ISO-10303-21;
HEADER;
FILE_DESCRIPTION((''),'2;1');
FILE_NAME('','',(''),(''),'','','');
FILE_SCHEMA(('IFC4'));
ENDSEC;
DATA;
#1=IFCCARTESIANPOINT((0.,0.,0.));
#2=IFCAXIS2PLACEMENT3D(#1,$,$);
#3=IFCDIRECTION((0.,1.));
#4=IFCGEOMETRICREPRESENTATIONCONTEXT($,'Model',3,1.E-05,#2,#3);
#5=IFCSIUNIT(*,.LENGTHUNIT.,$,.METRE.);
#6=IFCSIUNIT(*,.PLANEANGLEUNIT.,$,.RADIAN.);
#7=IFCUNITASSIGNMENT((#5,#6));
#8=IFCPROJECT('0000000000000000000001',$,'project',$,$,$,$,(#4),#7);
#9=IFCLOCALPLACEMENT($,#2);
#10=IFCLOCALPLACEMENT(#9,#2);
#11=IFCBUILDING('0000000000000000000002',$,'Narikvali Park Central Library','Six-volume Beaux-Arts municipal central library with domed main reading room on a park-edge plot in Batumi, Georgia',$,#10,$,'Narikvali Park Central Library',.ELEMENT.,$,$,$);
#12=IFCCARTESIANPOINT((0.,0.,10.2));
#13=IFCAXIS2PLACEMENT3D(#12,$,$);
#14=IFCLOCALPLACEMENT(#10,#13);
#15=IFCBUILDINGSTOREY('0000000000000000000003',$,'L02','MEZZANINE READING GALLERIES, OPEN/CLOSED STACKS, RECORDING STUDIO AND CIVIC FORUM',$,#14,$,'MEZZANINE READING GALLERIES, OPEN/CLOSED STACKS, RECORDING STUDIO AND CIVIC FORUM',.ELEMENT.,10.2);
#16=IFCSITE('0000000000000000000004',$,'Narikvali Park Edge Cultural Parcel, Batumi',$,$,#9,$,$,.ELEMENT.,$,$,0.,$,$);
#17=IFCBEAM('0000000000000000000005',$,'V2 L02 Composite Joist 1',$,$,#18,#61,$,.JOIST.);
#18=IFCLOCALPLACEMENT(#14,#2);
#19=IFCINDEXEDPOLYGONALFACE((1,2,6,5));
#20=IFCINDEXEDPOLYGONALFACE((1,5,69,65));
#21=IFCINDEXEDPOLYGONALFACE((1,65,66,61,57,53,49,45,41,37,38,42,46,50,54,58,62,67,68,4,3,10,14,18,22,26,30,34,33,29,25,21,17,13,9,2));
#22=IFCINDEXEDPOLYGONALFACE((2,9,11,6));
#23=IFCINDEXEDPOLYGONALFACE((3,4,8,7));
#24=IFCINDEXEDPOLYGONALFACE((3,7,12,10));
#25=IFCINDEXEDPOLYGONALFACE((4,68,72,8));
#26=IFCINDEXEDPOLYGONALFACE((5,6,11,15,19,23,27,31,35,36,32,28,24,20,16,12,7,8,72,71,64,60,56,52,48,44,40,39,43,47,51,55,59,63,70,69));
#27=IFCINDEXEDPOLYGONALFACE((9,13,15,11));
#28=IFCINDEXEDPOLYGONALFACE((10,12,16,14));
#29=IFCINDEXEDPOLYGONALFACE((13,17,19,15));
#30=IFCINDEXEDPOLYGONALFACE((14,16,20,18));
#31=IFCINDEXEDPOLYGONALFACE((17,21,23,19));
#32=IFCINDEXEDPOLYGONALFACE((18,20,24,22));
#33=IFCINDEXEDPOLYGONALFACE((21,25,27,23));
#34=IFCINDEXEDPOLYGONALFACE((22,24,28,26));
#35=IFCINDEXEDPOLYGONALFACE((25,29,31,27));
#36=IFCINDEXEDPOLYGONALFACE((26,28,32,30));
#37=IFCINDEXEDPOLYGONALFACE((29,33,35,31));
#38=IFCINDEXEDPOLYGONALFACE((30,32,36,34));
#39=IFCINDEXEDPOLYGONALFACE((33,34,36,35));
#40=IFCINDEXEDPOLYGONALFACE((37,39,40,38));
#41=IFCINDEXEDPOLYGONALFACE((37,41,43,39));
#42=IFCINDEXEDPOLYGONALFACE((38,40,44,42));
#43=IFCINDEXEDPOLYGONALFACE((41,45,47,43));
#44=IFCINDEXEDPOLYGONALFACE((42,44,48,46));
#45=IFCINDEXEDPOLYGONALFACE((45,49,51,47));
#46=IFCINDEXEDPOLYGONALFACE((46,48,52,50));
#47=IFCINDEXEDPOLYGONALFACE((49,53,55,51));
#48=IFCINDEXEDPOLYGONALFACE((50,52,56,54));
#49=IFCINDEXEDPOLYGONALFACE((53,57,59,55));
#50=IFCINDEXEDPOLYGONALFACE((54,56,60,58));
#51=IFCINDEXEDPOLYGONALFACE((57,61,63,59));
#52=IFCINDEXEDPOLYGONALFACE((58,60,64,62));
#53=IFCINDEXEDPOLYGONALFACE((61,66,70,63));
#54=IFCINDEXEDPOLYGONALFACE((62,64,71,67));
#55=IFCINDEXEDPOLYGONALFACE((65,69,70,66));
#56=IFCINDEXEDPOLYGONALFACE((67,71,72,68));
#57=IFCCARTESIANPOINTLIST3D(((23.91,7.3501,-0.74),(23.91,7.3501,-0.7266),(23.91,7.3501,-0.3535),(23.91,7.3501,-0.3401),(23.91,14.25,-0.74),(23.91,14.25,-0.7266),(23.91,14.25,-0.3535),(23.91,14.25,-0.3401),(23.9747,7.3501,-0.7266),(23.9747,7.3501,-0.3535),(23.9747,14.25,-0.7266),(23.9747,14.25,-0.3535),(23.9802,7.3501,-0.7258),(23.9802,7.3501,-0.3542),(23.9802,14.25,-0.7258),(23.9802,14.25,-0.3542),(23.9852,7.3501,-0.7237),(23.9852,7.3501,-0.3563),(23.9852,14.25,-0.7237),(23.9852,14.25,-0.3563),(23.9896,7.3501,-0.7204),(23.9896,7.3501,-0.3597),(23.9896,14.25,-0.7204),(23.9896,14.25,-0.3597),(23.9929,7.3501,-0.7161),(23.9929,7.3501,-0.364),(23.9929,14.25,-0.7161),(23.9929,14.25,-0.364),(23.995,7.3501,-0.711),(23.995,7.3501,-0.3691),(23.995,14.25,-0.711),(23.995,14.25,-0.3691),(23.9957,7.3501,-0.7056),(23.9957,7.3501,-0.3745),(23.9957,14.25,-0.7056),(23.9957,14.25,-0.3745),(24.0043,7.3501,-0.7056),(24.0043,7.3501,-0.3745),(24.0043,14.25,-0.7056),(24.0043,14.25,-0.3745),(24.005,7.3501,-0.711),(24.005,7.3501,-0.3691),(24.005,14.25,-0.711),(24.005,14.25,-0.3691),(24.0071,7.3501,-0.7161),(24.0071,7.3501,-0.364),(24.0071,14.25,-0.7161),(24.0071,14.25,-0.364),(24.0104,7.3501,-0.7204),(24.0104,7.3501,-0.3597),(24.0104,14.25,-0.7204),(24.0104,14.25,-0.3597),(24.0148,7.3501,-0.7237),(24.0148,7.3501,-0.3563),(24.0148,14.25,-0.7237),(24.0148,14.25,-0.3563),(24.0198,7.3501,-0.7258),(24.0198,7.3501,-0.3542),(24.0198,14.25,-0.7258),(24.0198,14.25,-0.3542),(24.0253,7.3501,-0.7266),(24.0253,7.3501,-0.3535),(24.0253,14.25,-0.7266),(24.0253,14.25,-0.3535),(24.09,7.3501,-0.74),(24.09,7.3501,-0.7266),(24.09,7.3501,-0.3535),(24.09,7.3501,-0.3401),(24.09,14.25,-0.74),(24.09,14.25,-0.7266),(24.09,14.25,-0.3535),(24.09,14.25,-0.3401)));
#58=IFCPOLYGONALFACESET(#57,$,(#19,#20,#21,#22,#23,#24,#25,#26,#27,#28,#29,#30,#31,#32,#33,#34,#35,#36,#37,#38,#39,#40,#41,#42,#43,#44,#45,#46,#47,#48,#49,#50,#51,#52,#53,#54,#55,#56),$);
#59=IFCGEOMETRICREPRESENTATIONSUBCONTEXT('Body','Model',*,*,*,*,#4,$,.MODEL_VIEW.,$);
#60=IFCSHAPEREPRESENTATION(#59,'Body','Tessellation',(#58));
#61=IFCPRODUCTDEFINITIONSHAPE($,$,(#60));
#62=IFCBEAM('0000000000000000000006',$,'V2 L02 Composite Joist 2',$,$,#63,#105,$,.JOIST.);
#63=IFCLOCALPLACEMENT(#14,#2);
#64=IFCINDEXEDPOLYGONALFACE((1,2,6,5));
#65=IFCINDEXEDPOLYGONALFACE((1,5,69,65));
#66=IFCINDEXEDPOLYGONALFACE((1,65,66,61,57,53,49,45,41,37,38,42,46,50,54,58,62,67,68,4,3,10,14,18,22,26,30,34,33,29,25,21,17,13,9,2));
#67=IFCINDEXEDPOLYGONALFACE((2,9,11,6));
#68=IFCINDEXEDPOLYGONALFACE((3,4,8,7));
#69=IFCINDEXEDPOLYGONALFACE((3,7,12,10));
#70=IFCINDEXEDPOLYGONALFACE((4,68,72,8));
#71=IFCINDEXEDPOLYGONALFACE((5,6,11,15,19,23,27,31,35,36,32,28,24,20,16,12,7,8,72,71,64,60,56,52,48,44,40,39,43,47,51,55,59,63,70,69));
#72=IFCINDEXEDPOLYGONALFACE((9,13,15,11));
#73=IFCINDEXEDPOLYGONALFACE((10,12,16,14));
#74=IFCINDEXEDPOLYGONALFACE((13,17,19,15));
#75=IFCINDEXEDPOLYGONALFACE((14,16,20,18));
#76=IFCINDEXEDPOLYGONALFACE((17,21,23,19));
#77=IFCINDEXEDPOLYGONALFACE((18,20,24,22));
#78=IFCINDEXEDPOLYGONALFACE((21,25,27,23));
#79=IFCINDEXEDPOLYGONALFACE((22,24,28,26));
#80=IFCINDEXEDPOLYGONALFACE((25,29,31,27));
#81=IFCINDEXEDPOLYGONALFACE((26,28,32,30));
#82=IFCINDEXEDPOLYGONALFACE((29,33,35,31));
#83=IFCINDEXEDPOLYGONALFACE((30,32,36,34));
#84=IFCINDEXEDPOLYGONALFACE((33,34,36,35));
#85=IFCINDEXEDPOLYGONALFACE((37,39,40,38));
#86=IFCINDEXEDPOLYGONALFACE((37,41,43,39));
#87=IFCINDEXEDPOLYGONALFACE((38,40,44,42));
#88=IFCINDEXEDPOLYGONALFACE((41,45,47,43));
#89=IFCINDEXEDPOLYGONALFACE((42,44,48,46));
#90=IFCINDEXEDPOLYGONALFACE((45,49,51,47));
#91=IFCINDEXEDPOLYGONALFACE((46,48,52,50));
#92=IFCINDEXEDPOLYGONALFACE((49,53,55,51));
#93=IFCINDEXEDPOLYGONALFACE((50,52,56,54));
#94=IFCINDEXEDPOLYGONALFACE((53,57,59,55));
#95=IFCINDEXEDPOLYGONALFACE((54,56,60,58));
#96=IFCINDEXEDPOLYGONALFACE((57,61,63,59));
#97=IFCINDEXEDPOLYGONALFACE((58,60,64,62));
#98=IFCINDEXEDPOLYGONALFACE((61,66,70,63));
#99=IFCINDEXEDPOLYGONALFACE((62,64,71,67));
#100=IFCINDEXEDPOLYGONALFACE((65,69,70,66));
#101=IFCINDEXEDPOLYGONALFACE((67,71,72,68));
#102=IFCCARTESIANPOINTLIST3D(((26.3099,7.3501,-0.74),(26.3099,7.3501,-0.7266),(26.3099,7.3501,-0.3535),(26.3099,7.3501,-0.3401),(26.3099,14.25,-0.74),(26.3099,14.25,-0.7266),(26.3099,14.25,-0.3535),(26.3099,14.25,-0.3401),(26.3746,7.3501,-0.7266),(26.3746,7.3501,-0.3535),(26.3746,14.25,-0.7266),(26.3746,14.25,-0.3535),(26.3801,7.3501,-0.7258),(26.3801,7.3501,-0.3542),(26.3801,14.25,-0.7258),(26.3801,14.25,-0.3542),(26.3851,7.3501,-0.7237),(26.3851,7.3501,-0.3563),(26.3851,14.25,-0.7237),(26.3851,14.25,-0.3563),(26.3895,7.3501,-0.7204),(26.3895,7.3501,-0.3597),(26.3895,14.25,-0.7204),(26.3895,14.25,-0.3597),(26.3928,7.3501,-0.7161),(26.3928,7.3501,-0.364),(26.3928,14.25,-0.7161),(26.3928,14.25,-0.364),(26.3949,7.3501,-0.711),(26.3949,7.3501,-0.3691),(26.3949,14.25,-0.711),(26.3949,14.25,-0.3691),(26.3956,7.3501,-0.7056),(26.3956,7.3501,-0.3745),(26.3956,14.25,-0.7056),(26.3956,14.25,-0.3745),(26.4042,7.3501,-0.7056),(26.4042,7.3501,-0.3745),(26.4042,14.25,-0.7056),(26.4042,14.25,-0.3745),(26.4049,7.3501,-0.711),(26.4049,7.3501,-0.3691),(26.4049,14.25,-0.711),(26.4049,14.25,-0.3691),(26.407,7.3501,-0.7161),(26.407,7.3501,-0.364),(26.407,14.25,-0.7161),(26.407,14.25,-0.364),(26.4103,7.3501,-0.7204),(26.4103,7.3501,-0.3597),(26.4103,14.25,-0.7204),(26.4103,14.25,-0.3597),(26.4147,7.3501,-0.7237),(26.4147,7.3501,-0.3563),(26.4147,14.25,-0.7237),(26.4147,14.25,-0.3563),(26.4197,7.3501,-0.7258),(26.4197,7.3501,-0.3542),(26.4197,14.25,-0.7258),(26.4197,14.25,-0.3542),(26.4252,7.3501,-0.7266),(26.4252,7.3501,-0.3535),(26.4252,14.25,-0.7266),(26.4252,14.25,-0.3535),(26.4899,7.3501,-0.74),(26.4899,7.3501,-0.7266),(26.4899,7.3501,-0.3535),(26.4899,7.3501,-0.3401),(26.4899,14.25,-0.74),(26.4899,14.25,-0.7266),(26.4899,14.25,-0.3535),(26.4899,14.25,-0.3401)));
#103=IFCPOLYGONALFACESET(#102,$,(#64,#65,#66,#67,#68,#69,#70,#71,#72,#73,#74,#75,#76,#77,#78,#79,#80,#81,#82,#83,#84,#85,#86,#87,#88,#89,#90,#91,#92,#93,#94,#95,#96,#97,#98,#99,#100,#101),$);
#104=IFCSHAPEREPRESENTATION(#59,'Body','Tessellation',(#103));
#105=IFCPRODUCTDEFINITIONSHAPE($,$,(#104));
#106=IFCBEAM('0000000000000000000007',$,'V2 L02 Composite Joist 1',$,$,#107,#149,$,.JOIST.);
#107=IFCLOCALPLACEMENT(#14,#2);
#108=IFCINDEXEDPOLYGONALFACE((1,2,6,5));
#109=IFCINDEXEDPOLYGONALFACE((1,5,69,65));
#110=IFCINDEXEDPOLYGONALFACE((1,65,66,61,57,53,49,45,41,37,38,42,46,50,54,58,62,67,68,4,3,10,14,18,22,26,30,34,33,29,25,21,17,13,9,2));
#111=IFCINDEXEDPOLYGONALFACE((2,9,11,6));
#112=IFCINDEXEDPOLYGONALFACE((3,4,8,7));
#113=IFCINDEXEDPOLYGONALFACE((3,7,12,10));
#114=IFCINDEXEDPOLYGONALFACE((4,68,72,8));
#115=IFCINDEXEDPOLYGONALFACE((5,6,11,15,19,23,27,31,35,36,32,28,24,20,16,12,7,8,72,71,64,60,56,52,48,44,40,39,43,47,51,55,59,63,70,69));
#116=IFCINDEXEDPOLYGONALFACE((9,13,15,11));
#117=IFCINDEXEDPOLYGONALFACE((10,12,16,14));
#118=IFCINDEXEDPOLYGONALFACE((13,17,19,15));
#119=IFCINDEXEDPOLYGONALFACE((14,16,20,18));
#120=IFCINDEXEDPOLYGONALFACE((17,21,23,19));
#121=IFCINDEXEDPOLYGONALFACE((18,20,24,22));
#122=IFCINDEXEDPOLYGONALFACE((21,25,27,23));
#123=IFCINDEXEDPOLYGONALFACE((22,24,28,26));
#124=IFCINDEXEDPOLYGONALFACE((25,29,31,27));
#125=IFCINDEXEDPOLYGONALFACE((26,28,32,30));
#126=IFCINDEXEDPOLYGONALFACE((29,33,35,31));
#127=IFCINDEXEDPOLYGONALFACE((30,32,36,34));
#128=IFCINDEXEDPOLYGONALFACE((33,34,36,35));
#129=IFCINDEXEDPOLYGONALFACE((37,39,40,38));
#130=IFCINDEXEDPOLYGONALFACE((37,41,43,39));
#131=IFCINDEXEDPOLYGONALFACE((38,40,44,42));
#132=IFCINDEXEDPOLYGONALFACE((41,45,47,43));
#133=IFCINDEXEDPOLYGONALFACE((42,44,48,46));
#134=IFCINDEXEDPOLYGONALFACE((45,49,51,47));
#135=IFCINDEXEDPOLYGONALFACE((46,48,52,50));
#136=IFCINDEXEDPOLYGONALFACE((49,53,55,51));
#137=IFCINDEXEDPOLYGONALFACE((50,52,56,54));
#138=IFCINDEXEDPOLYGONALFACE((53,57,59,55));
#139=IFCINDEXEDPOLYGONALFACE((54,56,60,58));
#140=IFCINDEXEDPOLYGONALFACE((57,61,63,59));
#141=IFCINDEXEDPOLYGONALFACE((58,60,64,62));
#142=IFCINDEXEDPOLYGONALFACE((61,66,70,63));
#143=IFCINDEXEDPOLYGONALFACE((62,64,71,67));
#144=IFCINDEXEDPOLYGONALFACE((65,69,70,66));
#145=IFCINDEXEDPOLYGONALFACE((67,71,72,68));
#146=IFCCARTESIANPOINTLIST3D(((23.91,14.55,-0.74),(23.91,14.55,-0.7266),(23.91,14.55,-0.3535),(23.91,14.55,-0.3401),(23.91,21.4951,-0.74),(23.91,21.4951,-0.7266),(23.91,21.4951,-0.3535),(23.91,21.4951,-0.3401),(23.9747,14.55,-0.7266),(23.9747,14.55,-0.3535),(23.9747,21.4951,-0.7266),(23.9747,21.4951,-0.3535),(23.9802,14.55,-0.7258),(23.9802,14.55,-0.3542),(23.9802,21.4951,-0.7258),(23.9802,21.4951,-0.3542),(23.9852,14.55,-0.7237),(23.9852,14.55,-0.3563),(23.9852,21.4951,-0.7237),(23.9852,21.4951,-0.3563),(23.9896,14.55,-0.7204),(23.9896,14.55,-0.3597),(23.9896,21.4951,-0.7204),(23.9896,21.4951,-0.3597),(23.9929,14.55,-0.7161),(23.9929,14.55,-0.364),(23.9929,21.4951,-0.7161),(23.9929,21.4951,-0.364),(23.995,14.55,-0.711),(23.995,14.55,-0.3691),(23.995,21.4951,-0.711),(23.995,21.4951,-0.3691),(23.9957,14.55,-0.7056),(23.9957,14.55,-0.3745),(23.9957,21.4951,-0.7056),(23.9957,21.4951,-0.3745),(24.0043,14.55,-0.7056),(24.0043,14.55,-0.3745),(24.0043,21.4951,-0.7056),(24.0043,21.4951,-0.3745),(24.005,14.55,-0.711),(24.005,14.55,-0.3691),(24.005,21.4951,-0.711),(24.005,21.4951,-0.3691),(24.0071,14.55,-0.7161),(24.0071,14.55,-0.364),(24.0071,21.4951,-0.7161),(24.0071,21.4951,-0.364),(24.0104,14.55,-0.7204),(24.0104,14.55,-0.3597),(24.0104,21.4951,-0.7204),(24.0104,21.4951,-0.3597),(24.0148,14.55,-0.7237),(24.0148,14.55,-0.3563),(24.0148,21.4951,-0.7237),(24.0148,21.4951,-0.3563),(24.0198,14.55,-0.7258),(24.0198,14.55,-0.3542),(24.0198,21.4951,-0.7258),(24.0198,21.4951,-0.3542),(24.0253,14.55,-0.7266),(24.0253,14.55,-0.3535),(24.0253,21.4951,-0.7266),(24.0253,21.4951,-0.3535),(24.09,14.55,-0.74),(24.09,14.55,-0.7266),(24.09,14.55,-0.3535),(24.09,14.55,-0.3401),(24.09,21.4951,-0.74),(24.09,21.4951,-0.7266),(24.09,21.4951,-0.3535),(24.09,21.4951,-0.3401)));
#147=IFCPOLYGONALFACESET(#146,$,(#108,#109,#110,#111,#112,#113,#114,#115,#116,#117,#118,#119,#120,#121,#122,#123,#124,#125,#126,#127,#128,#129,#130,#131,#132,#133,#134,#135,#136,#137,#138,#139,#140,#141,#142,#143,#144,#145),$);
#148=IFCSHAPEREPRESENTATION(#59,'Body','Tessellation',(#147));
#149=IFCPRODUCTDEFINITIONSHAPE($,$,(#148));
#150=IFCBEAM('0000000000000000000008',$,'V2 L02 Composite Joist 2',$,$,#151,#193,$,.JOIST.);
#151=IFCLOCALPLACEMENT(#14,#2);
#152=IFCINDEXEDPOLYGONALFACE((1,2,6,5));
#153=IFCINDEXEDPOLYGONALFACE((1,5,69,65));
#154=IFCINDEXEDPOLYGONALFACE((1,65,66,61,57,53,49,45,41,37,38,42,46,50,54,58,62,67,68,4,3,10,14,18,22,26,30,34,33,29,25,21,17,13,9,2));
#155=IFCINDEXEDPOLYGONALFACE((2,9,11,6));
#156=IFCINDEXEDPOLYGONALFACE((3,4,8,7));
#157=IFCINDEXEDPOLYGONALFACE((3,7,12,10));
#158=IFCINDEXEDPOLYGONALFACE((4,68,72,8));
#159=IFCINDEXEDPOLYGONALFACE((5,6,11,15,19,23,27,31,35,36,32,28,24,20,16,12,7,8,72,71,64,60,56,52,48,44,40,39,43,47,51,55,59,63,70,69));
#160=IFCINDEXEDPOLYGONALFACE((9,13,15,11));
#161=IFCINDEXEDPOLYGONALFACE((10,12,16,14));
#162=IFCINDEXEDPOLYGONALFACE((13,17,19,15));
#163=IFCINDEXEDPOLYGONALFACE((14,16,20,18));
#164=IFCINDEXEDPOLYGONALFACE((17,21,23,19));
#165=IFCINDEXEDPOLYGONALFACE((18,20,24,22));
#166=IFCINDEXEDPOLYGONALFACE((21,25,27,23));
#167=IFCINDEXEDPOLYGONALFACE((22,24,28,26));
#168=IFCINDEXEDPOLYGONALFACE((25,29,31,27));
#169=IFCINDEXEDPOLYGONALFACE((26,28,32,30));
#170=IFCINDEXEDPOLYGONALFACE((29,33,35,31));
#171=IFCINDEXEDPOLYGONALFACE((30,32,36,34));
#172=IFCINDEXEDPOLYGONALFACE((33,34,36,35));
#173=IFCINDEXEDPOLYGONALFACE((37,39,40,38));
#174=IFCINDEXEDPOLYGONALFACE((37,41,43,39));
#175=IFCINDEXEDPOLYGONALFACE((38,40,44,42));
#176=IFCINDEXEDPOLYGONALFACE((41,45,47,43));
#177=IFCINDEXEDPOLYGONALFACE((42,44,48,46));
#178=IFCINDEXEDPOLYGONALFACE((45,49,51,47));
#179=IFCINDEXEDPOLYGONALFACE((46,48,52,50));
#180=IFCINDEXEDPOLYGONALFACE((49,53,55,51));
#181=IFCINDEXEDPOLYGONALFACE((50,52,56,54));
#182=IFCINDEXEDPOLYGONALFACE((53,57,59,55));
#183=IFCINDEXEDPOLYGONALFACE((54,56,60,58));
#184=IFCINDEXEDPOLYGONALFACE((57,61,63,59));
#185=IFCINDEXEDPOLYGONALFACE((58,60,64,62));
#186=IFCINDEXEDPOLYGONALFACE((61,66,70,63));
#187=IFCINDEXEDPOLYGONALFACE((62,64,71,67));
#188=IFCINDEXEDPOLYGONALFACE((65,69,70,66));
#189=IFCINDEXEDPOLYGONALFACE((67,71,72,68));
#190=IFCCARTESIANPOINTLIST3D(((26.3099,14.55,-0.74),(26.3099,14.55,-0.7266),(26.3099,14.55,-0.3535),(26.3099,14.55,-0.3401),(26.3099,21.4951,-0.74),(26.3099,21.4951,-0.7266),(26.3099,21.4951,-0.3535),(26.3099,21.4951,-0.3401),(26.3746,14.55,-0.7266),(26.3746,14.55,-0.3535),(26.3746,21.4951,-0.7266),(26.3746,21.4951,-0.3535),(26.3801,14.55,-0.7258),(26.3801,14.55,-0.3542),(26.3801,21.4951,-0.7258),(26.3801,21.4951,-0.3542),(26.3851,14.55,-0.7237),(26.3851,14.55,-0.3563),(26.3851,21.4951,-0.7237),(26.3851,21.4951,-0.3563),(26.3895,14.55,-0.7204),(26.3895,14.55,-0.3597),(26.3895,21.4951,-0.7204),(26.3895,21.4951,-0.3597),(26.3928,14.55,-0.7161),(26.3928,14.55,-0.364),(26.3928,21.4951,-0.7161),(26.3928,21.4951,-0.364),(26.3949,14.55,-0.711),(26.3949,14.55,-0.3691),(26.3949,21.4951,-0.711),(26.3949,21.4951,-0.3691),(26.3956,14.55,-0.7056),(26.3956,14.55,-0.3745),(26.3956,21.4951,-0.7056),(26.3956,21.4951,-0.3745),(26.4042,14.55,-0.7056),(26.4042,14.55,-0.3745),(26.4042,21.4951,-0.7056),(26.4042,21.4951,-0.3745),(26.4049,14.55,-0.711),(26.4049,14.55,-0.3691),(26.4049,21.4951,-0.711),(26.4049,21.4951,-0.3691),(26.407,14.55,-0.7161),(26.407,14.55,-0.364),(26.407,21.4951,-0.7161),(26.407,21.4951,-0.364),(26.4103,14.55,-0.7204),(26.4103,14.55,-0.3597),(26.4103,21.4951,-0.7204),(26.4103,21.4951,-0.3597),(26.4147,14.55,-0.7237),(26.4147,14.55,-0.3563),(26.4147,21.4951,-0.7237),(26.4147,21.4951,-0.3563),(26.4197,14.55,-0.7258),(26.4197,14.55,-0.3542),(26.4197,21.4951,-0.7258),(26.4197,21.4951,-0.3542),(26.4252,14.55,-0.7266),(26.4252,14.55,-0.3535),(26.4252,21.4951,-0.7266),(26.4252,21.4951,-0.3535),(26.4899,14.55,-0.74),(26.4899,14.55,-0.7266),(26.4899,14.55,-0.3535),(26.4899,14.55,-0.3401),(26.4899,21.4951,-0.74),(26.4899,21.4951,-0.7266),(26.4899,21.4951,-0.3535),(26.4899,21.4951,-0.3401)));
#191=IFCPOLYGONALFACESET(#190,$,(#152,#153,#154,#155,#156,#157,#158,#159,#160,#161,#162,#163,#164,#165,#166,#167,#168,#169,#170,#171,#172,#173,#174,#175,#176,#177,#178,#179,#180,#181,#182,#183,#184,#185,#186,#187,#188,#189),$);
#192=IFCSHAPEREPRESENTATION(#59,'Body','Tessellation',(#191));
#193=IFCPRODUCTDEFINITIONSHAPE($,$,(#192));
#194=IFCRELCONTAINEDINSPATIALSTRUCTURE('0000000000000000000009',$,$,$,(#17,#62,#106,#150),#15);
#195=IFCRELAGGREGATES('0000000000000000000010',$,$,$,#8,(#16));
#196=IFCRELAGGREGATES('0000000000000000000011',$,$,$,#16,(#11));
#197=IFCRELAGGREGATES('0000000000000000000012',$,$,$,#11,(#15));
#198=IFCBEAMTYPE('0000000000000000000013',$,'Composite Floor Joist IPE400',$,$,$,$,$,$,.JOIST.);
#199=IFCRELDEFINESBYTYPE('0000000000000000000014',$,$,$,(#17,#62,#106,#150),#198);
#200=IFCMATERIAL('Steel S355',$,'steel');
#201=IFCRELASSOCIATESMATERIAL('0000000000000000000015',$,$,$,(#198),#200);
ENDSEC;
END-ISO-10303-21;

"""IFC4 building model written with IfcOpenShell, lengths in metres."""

from ifc_helpers import new_model, si_unit, direction, frame, origin, origin_2d, place, context, subcontext, project, spatial, i_section, extrude, material, material_profile, profile_set, type_object, element, save


model = new_model("IFC4")

# Units and contexts
model_context = context("Model", 3, precision=1e-05, world=origin(), true_north=direction((0.0, 1.0)))
body_context = subcontext(model_context, "Body", "Model", "MODEL_VIEW")
ifc_project = project(units=[si_unit("LENGTHUNIT", "METRE"), si_unit("PLANEANGLEUNIT", "RADIAN")], contexts=[model_context])

# Site, building, storey
site_placement = place(None, origin())
site = spatial("IfcSite", under=ifc_project, at=site_placement, Name="Narikvali Park Edge Cultural Parcel, Batumi", CompositionType="ELEMENT", RefElevation=0.0)
building_placement = place(site_placement, origin())
building = spatial("IfcBuilding", under=site, at=building_placement, Name="Narikvali Park Central Library", Description="Six-volume Beaux-Arts municipal central library with domed main reading room on a park-edge plot in Batumi, Georgia", LongName="Narikvali Park Central Library", CompositionType="ELEMENT")
storey_placement = place(building_placement, frame((0.0, 0.0, 10.2)))
storey = spatial("IfcBuildingStorey", under=building, at=storey_placement, Name="L02", Description="MEZZANINE READING GALLERIES, OPEN/CLOSED STACKS, RECORDING STUDIO AND CIVIC FORUM", LongName="MEZZANINE READING GALLERIES, OPEN/CLOSED STACKS, RECORDING STUDIO AND CIVIC FORUM", CompositionType="ELEMENT", Elevation=10.2)

# Beams
ifc_material_1 = material(Name="Steel S355", Category="steel")
ifc_material_profile_1 = material_profile(ifc_material_1, i_section(OverallWidth=0.1799, OverallDepth=0.3999, WebThickness=0.0085, FlangeThickness=0.0134, FilletRadius=0.021, at=origin_2d()), Name="IPE 400")
ifc_profile_set_1 = profile_set([ifc_material_profile_1], Name="Steel S355")
beam_type_1 = type_object("IfcBeamType", Name="Composite Floor Joist IPE400", PredefinedType="JOIST", material=ifc_profile_set_1)
for number, where, z_axis, x_axis, name in (
    (1, (24.0, 7.3501, -0.54), (0.0, 1.0, 0.0), (-1.0, 0.0, 0.0), "V2 L02 Composite Joist 1"),
    (2, (26.3999, 7.3501, -0.54), (0.0, 1.0, 0.0), (-1.0, 0.0, 0.0), "V2 L02 Composite Joist 2"),
):
    element("IfcBeam", number, at=place(storey_placement, frame(where, z_axis=z_axis, x_axis=x_axis)), inside=storey, type_object=beam_type_1, Name=name, PredefinedType="JOIST", context=body_context, shape_type="SweptSolid", body=[
        extrude(i_section(OverallWidth=0.1799, OverallDepth=0.3999, WebThickness=0.0085, FlangeThickness=0.0134, FilletRadius=0.021, at=origin_2d()), origin(), (0.0, 0.0, 1.0), 6.8999),
    ])
for number, where, z_axis, x_axis, name in (
    (3, (24.0, 14.55, -0.54), (0.0, 1.0, 0.0), (-1.0, 0.0, 0.0), "V2 L02 Composite Joist 1"),
    (4, (26.3999, 14.55, -0.54), (0.0, 1.0, 0.0), (-1.0, 0.0, 0.0), "V2 L02 Composite Joist 2"),
):
    element("IfcBeam", number, at=place(storey_placement, frame(where, z_axis=z_axis, x_axis=x_axis)), inside=storey, type_object=beam_type_1, Name=name, PredefinedType="JOIST", context=body_context, shape_type="SweptSolid", body=[
        extrude(i_section(OverallWidth=0.1799, OverallDepth=0.3999, WebThickness=0.0085, FlangeThickness=0.0134, FilletRadius=0.021, at=origin_2d()), origin(), (0.0, 0.0, 1.0), 6.9451),
    ])

save(model, "model.ifc")
